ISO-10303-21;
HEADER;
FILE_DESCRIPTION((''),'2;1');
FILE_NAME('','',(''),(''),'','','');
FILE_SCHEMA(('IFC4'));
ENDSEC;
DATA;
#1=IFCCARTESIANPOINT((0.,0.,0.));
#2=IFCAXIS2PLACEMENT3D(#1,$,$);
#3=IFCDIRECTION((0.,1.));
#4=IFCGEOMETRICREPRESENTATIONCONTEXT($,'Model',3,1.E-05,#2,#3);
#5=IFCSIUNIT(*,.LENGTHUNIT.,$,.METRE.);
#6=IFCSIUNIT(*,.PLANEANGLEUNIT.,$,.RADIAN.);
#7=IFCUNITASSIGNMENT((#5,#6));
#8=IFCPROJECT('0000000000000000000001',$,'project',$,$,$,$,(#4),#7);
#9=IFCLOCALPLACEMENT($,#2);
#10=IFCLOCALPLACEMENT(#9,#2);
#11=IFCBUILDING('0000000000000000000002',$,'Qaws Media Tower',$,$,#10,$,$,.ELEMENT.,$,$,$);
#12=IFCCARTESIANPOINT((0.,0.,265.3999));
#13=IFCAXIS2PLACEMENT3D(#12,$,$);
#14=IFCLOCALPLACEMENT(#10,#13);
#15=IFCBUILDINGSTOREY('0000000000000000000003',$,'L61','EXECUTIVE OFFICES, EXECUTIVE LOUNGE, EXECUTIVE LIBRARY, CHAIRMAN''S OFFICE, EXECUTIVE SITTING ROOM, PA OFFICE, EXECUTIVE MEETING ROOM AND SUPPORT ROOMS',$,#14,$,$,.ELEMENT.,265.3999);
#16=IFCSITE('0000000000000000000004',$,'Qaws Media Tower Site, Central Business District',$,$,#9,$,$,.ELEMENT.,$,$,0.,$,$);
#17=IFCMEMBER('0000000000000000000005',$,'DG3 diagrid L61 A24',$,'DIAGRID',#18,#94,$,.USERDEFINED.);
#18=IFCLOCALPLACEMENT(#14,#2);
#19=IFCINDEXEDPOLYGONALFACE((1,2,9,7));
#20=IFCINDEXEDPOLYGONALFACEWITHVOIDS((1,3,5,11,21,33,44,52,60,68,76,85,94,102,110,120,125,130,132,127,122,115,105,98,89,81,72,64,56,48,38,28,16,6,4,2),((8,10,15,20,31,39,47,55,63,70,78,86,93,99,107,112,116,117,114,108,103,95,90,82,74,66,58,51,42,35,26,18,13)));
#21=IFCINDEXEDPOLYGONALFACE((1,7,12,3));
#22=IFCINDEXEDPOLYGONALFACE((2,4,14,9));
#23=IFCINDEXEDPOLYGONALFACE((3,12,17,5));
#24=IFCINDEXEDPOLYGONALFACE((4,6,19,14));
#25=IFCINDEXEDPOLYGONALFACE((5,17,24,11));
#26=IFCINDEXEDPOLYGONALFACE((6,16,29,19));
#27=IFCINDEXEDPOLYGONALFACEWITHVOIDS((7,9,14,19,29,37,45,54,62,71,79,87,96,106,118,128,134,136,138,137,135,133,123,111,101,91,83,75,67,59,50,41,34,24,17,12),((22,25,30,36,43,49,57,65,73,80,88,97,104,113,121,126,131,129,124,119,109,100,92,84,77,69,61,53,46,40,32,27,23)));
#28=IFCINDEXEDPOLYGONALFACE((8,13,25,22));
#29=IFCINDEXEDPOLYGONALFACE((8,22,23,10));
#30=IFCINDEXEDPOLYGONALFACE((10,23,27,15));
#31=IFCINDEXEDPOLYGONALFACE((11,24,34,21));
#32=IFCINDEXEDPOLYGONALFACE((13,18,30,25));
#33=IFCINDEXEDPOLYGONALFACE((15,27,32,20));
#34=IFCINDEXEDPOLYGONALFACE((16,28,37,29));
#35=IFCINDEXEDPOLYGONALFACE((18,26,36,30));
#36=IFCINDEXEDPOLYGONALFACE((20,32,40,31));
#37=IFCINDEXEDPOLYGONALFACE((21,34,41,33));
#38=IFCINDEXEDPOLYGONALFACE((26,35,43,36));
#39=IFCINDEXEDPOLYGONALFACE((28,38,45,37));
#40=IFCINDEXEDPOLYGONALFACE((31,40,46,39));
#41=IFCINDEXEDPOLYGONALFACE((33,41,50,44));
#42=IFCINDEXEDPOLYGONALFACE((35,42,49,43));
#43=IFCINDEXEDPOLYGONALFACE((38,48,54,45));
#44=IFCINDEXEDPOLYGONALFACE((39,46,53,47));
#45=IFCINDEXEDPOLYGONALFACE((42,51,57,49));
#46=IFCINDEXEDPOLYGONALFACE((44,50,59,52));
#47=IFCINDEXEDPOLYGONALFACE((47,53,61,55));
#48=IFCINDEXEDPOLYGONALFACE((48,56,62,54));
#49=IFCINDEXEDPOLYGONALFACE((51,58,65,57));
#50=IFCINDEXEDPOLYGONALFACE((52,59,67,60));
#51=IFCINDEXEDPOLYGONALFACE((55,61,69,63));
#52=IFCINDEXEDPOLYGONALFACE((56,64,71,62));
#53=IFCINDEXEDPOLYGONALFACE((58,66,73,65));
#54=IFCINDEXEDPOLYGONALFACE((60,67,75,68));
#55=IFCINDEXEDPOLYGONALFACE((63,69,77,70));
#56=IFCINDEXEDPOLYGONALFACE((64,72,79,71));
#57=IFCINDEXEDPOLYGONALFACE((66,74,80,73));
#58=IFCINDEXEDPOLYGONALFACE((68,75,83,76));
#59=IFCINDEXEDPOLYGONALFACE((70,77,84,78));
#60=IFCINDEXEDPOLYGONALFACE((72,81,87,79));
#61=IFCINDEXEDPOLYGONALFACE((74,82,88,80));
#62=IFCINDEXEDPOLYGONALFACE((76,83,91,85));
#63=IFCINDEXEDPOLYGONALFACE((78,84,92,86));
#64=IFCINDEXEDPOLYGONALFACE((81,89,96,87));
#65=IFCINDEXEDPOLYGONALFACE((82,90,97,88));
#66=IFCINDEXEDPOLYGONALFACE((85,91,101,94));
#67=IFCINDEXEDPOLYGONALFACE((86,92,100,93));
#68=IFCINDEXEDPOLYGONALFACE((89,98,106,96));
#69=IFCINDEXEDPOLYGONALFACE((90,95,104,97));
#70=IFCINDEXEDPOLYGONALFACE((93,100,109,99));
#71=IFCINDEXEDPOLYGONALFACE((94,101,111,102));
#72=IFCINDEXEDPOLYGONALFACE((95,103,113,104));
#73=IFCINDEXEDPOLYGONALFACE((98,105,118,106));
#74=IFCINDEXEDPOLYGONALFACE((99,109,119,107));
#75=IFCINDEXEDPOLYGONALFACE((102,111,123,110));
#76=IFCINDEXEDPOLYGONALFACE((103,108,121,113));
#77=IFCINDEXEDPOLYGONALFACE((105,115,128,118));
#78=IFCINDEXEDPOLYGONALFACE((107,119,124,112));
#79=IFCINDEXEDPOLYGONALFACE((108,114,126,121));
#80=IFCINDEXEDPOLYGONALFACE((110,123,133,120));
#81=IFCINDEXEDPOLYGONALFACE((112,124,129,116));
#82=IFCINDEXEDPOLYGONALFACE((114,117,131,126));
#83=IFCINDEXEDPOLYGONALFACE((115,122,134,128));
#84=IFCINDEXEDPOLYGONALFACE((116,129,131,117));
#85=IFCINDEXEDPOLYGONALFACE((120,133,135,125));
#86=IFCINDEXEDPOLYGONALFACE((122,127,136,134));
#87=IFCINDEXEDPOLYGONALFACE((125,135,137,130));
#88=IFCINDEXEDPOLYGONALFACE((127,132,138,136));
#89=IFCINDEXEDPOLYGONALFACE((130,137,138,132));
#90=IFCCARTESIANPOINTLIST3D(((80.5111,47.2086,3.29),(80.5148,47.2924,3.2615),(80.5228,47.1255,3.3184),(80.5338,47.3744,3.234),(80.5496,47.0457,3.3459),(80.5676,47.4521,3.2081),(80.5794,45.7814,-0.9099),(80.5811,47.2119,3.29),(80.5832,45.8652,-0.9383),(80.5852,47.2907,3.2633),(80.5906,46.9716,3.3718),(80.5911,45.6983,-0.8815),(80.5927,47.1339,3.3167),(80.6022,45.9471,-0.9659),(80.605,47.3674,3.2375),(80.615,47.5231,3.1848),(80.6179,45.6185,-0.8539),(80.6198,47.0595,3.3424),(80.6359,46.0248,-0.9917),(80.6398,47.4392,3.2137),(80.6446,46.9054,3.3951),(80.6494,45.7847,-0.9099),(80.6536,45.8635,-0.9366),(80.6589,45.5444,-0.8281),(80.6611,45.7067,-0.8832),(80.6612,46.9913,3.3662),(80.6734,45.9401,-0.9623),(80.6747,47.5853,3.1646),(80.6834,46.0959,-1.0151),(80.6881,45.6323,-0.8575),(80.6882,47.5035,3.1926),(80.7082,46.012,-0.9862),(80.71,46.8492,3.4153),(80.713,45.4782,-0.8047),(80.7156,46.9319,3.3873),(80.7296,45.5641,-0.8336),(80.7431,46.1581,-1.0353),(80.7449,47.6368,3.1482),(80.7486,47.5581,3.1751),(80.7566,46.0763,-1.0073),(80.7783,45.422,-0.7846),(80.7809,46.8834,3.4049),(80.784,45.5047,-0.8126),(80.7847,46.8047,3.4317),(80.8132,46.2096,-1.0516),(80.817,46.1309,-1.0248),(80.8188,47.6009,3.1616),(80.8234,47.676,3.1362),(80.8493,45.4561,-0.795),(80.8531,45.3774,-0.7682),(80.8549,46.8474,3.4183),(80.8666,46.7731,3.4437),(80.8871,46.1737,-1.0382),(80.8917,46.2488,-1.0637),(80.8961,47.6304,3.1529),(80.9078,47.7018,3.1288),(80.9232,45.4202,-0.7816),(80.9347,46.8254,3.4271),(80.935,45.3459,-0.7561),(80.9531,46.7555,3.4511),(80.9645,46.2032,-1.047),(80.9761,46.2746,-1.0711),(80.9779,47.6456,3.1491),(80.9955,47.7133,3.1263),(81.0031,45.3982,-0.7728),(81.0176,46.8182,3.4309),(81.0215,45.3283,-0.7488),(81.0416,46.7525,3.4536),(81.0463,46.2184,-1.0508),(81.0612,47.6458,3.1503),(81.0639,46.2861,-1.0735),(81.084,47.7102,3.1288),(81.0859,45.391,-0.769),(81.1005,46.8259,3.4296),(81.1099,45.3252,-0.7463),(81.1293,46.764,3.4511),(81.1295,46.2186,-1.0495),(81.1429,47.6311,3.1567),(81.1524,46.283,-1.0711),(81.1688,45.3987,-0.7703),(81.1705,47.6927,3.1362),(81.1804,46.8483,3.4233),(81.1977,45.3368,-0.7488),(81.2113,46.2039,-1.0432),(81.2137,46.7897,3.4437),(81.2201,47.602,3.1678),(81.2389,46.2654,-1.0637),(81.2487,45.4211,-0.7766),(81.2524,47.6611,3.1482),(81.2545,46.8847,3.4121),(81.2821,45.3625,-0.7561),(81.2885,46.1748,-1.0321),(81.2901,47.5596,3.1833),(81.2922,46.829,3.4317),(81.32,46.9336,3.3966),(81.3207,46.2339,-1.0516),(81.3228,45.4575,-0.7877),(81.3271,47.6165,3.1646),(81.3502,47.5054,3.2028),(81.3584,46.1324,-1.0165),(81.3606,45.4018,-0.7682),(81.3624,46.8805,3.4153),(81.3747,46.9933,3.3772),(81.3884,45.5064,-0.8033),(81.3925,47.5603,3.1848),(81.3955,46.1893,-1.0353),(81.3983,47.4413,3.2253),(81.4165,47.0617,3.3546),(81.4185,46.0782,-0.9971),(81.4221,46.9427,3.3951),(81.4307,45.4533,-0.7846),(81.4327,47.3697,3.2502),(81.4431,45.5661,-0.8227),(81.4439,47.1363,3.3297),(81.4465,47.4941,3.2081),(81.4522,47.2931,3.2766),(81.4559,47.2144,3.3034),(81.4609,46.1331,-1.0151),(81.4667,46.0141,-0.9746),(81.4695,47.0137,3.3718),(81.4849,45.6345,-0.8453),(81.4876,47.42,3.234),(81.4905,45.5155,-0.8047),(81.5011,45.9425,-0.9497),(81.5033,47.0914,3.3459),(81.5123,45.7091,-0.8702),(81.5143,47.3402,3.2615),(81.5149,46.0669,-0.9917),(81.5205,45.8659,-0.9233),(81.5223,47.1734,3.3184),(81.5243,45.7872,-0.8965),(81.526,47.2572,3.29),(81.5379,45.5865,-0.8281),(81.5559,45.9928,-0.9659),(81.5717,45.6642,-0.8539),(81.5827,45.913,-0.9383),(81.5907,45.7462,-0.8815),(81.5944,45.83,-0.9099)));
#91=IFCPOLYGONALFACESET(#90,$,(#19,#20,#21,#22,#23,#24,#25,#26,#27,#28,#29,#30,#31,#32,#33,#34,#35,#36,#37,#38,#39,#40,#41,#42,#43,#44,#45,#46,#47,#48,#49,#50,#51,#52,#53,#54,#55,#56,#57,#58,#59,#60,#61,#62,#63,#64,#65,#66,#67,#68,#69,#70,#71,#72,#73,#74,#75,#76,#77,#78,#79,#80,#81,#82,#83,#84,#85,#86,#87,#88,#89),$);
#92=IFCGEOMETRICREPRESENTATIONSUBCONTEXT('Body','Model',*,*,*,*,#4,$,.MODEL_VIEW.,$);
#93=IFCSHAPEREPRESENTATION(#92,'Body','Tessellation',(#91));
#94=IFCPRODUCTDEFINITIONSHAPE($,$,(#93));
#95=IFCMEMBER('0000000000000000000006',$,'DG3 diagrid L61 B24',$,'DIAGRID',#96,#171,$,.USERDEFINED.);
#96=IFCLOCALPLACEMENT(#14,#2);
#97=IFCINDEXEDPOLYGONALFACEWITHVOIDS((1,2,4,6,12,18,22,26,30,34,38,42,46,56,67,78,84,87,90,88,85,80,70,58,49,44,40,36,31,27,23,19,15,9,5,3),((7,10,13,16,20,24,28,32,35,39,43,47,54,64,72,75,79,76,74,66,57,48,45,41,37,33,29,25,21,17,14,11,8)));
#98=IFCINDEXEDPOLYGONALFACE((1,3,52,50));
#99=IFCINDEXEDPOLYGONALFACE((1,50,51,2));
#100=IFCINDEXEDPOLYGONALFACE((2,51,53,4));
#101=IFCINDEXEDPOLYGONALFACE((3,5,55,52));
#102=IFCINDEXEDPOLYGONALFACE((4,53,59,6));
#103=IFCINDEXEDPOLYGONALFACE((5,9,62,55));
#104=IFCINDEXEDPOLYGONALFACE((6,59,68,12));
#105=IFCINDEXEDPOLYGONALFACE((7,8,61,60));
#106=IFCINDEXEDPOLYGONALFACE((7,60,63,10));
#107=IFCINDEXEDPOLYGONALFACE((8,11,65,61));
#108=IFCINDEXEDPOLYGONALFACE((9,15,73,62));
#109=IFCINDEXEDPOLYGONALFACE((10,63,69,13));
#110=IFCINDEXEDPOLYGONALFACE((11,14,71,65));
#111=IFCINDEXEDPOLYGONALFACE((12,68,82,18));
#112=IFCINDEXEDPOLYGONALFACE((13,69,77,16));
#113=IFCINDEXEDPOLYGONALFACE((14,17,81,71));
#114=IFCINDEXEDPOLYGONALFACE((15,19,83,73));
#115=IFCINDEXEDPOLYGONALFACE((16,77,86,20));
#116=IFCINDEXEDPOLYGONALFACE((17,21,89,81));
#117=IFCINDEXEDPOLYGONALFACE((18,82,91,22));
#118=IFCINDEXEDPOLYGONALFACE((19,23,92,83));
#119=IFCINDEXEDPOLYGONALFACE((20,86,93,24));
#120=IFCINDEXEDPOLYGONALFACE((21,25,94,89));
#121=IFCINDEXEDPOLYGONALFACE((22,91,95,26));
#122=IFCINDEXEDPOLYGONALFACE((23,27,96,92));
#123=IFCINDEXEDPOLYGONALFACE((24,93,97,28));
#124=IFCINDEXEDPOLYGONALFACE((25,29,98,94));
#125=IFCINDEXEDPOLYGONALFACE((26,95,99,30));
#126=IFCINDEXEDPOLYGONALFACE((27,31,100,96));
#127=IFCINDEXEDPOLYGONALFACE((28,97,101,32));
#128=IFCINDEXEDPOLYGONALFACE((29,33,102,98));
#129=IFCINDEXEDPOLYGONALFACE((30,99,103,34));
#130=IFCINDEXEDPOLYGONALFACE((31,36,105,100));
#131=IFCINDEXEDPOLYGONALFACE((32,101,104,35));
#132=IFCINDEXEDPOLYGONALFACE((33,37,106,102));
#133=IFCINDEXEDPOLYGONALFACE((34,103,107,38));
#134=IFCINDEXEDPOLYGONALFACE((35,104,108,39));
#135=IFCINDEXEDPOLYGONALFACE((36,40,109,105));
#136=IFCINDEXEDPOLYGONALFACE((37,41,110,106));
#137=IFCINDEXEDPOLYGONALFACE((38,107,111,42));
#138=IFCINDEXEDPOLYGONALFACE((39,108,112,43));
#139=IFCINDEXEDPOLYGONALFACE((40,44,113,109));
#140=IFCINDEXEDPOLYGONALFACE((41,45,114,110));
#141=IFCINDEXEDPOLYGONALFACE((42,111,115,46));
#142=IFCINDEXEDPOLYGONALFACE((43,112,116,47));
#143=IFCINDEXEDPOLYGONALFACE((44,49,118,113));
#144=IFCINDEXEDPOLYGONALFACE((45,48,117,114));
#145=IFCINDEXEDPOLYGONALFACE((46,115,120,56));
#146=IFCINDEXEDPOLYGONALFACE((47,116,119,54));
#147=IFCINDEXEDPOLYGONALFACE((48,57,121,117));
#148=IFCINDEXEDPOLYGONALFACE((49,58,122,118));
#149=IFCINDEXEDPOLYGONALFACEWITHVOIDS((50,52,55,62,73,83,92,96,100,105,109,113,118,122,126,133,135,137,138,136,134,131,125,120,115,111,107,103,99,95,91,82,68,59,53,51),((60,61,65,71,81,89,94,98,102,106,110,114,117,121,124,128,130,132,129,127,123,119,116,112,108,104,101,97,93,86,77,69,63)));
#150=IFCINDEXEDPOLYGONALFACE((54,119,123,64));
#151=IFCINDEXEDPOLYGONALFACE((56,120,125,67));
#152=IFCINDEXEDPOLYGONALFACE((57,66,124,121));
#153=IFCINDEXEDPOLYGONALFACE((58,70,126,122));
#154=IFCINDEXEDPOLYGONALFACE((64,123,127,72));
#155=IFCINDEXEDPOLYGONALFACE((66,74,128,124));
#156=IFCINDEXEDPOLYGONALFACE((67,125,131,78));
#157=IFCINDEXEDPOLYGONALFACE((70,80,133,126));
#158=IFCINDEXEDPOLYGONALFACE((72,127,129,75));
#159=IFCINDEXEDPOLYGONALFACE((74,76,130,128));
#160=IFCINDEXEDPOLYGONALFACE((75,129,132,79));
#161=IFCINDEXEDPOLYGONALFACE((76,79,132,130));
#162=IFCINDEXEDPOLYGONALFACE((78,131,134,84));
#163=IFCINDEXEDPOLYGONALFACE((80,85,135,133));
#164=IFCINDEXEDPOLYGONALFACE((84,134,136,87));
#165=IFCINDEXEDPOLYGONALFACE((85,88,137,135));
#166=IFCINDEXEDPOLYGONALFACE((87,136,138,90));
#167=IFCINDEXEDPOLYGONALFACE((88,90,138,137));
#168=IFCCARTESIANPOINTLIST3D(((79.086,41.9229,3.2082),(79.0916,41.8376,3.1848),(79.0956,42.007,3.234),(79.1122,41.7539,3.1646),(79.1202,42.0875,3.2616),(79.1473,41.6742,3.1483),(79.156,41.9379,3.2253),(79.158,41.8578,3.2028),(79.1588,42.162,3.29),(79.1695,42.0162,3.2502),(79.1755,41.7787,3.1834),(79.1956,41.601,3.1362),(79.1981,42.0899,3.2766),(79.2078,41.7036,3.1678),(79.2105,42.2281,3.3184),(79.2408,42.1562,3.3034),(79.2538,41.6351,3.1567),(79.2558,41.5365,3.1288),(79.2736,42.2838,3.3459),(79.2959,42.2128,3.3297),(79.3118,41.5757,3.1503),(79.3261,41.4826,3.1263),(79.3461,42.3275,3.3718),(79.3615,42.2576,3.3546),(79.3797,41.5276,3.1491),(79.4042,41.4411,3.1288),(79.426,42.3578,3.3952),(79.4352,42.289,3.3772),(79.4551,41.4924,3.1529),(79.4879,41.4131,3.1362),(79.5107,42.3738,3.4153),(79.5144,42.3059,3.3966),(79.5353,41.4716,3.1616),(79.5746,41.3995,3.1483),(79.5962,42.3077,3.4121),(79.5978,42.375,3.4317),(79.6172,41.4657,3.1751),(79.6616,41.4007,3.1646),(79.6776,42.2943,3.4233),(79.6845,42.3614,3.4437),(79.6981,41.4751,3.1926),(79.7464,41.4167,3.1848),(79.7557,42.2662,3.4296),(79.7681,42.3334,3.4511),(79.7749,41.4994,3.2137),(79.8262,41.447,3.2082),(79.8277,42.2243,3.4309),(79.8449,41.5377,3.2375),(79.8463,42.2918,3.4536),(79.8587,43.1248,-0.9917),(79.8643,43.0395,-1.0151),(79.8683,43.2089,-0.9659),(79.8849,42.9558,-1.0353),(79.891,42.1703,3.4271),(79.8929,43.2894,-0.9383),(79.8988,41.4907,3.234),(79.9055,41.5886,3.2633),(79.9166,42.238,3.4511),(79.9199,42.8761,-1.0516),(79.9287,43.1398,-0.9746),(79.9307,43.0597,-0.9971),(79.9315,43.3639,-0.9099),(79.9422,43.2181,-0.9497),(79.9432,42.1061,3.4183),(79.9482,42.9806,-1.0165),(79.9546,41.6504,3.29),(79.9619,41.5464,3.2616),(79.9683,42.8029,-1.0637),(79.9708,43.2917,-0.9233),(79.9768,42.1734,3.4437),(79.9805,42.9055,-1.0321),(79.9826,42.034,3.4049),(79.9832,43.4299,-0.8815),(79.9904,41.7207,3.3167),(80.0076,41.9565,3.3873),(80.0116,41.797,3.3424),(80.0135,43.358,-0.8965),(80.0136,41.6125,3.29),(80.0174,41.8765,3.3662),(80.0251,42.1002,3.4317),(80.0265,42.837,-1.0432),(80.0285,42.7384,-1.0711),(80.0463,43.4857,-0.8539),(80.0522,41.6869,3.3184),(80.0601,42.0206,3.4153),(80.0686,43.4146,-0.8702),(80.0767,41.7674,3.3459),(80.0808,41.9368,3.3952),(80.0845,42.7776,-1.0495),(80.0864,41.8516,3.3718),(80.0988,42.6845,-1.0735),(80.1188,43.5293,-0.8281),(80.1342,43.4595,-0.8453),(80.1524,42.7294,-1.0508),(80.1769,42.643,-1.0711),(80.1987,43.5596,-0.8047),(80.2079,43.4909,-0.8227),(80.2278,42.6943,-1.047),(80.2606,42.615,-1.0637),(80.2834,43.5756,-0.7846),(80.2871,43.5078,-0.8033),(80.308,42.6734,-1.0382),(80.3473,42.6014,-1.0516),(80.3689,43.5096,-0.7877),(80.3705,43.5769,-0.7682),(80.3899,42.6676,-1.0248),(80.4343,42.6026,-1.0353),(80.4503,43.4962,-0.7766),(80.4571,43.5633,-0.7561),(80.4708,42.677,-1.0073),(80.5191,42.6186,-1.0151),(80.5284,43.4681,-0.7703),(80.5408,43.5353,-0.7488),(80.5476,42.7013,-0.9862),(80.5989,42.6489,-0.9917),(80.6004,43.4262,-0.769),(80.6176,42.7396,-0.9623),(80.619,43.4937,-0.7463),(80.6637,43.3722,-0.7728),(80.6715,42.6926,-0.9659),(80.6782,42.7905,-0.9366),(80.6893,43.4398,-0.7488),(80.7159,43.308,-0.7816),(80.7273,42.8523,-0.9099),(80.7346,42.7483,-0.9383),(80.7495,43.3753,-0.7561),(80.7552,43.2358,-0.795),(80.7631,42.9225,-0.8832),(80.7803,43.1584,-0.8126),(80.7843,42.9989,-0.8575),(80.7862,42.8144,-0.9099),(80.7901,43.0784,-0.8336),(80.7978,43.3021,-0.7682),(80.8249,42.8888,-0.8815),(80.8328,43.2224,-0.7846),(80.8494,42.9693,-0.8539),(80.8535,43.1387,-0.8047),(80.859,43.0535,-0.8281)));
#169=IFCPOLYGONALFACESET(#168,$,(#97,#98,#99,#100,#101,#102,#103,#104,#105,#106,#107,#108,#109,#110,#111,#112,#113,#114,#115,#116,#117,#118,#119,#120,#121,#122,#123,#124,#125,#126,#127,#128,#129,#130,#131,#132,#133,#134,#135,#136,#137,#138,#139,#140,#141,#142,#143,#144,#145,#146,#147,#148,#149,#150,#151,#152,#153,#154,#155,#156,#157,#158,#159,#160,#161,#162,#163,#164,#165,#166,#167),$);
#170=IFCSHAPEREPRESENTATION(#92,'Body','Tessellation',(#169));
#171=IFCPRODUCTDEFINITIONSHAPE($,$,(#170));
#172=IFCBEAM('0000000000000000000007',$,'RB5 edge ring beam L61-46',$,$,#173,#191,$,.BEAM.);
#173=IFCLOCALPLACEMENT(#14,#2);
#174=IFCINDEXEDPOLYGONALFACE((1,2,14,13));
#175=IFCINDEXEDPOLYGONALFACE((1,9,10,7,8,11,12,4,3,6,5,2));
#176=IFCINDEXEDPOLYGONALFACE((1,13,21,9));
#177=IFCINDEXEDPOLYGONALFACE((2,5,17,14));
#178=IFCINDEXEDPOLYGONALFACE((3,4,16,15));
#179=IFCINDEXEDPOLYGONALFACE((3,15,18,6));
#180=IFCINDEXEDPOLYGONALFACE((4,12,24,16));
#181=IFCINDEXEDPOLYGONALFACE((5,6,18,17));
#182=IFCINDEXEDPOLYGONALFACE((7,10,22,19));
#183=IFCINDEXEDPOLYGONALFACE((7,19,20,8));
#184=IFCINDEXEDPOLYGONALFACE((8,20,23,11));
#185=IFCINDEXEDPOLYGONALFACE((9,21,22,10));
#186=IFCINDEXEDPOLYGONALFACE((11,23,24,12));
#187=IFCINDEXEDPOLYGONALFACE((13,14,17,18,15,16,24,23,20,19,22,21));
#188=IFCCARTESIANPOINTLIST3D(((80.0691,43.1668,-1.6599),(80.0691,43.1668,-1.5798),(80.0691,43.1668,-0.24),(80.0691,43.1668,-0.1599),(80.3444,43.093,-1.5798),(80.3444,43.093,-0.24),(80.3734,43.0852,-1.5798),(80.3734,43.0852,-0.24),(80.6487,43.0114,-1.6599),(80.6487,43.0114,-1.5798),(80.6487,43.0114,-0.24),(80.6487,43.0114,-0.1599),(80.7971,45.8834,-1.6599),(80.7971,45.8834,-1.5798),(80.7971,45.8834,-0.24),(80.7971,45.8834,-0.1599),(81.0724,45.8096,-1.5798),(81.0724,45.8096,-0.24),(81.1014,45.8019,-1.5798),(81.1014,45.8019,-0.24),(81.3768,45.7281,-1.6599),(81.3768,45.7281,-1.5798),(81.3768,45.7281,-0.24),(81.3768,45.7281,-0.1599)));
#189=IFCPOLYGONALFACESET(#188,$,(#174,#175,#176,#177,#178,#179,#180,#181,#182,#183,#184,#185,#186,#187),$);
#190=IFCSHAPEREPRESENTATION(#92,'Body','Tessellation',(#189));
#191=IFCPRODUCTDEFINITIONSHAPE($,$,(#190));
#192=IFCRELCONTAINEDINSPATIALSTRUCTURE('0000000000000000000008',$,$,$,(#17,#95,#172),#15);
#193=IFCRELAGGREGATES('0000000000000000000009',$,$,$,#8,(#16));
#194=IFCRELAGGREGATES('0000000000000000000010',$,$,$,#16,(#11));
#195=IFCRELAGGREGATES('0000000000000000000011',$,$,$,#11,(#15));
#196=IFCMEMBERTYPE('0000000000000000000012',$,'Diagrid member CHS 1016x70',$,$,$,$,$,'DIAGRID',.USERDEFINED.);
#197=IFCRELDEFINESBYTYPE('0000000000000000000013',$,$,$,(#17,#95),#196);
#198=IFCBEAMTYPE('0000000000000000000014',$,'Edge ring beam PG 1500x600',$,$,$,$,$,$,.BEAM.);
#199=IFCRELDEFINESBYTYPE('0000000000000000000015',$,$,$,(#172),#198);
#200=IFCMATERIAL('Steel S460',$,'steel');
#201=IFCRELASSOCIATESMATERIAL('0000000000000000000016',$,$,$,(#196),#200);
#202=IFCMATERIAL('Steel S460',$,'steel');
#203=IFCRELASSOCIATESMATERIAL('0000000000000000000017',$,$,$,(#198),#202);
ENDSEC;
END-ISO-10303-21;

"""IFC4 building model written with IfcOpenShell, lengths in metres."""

from ifc_helpers import new_model, si_unit, direction, frame, origin, origin_2d, place, context, subcontext, project, spatial, hollow_circle, i_section, extrude, material, material_profile, profile_set, type_object, element, save


model = new_model("IFC4")

# Units and contexts
model_context = context("Model", 3, precision=1e-05, world=origin(), true_north=direction((0.0, 1.0)))
body_context = subcontext(model_context, "Body", "Model", "MODEL_VIEW")
ifc_project = project(units=[si_unit("LENGTHUNIT", "METRE"), si_unit("PLANEANGLEUNIT", "RADIAN")], contexts=[model_context])

# Site, building, storey
site_placement = place(None, origin())
site = spatial("IfcSite", under=ifc_project, at=site_placement, Name="Qaws Media Tower Site, Central Business District", CompositionType="ELEMENT", RefElevation=0.0)
building_placement = place(site_placement, origin())
building = spatial("IfcBuilding", under=site, at=building_placement, Name="Qaws Media Tower", CompositionType="ELEMENT")
storey_placement = place(building_placement, frame((0.0, 0.0, 265.3999)))
storey = spatial("IfcBuildingStorey", under=building, at=storey_placement, Name="L61", Description="EXECUTIVE OFFICES, EXECUTIVE LOUNGE, EXECUTIVE LIBRARY, CHAIRMAN'S OFFICE, EXECUTIVE SITTING ROOM, PA OFFICE, EXECUTIVE MEETING ROOM AND SUPPORT ROOMS", CompositionType="ELEMENT", Elevation=265.3999)

# Members
ifc_material_1 = material(Name="Steel S460", Category="steel")
ifc_material_profile_1 = material_profile(ifc_material_1, hollow_circle(Radius=0.5081, WallThickness=0.0701, at=origin_2d()), Name="CHS 1016x70")
ifc_profile_set_1 = profile_set([ifc_material_profile_1], Name="Steel S460")
member_type_1 = type_object("IfcMemberType", Name="Diagrid member CHS 1016x70", ElementType="DIAGRID", PredefinedType="USERDEFINED", material=ifc_profile_set_1)
for number, where, z_axis, x_axis, name in (
    (1, (81.0869, 45.8057, -0.9099), (-0.015409, 0.321716, 0.946711), (-0.998855, -0.047841, 0.0), "DG3 diagrid L61 A24"),
    (2, (80.3589, 43.0891, -0.9099), (-0.174176, -0.270922, 0.946712), (0.841162, -0.540783, 0.0), "DG3 diagrid L61 B24"),
):
    element("IfcMember", number, at=place(storey_placement, frame(where, z_axis=z_axis, x_axis=x_axis)), inside=storey, type_object=member_type_1, Name=name, ObjectType="DIAGRID", PredefinedType="USERDEFINED", context=body_context, shape_type="SweptSolid", body=[
        extrude(hollow_circle(Radius=0.5081, WallThickness=0.0701, at=origin_2d()), origin(), (0.0, 0.0, 1.0), 4.4363),
    ])

# Beam
ifc_material_2 = material(Name="Steel S460", Category="steel")
ifc_material_profile_2 = material_profile(ifc_material_2, i_section(OverallWidth=0.6001, OverallDepth=1.5, WebThickness=0.03, FlangeThickness=0.0801, at=origin_2d()), Name="PG 1500x600")
ifc_profile_set_2 = profile_set([ifc_material_profile_2], Name="Steel S460")
beam_type_1 = type_object("IfcBeamType", Name="Edge ring beam PG 1500x600", PredefinedType="BEAM", material=ifc_profile_set_2)
beam_1_placement = place(storey_placement, frame((80.3589, 43.0891, -0.9099), z_axis=(0.258862, 0.965914, 0.0), x_axis=(-0.965914, 0.258862, 0.0)))
element("IfcBeam", 3, at=beam_1_placement, inside=storey, type_object=beam_type_1, Name="RB5 edge ring beam L61-46", PredefinedType="BEAM", context=body_context, shape_type="SweptSolid", body=[
    extrude(i_section(OverallWidth=0.6001, OverallDepth=1.5, WebThickness=0.03, FlangeThickness=0.0801, at=origin_2d()), origin(), (0.0, 0.0, 1.0), 2.8125),
])

save(model, "model.ifc")
